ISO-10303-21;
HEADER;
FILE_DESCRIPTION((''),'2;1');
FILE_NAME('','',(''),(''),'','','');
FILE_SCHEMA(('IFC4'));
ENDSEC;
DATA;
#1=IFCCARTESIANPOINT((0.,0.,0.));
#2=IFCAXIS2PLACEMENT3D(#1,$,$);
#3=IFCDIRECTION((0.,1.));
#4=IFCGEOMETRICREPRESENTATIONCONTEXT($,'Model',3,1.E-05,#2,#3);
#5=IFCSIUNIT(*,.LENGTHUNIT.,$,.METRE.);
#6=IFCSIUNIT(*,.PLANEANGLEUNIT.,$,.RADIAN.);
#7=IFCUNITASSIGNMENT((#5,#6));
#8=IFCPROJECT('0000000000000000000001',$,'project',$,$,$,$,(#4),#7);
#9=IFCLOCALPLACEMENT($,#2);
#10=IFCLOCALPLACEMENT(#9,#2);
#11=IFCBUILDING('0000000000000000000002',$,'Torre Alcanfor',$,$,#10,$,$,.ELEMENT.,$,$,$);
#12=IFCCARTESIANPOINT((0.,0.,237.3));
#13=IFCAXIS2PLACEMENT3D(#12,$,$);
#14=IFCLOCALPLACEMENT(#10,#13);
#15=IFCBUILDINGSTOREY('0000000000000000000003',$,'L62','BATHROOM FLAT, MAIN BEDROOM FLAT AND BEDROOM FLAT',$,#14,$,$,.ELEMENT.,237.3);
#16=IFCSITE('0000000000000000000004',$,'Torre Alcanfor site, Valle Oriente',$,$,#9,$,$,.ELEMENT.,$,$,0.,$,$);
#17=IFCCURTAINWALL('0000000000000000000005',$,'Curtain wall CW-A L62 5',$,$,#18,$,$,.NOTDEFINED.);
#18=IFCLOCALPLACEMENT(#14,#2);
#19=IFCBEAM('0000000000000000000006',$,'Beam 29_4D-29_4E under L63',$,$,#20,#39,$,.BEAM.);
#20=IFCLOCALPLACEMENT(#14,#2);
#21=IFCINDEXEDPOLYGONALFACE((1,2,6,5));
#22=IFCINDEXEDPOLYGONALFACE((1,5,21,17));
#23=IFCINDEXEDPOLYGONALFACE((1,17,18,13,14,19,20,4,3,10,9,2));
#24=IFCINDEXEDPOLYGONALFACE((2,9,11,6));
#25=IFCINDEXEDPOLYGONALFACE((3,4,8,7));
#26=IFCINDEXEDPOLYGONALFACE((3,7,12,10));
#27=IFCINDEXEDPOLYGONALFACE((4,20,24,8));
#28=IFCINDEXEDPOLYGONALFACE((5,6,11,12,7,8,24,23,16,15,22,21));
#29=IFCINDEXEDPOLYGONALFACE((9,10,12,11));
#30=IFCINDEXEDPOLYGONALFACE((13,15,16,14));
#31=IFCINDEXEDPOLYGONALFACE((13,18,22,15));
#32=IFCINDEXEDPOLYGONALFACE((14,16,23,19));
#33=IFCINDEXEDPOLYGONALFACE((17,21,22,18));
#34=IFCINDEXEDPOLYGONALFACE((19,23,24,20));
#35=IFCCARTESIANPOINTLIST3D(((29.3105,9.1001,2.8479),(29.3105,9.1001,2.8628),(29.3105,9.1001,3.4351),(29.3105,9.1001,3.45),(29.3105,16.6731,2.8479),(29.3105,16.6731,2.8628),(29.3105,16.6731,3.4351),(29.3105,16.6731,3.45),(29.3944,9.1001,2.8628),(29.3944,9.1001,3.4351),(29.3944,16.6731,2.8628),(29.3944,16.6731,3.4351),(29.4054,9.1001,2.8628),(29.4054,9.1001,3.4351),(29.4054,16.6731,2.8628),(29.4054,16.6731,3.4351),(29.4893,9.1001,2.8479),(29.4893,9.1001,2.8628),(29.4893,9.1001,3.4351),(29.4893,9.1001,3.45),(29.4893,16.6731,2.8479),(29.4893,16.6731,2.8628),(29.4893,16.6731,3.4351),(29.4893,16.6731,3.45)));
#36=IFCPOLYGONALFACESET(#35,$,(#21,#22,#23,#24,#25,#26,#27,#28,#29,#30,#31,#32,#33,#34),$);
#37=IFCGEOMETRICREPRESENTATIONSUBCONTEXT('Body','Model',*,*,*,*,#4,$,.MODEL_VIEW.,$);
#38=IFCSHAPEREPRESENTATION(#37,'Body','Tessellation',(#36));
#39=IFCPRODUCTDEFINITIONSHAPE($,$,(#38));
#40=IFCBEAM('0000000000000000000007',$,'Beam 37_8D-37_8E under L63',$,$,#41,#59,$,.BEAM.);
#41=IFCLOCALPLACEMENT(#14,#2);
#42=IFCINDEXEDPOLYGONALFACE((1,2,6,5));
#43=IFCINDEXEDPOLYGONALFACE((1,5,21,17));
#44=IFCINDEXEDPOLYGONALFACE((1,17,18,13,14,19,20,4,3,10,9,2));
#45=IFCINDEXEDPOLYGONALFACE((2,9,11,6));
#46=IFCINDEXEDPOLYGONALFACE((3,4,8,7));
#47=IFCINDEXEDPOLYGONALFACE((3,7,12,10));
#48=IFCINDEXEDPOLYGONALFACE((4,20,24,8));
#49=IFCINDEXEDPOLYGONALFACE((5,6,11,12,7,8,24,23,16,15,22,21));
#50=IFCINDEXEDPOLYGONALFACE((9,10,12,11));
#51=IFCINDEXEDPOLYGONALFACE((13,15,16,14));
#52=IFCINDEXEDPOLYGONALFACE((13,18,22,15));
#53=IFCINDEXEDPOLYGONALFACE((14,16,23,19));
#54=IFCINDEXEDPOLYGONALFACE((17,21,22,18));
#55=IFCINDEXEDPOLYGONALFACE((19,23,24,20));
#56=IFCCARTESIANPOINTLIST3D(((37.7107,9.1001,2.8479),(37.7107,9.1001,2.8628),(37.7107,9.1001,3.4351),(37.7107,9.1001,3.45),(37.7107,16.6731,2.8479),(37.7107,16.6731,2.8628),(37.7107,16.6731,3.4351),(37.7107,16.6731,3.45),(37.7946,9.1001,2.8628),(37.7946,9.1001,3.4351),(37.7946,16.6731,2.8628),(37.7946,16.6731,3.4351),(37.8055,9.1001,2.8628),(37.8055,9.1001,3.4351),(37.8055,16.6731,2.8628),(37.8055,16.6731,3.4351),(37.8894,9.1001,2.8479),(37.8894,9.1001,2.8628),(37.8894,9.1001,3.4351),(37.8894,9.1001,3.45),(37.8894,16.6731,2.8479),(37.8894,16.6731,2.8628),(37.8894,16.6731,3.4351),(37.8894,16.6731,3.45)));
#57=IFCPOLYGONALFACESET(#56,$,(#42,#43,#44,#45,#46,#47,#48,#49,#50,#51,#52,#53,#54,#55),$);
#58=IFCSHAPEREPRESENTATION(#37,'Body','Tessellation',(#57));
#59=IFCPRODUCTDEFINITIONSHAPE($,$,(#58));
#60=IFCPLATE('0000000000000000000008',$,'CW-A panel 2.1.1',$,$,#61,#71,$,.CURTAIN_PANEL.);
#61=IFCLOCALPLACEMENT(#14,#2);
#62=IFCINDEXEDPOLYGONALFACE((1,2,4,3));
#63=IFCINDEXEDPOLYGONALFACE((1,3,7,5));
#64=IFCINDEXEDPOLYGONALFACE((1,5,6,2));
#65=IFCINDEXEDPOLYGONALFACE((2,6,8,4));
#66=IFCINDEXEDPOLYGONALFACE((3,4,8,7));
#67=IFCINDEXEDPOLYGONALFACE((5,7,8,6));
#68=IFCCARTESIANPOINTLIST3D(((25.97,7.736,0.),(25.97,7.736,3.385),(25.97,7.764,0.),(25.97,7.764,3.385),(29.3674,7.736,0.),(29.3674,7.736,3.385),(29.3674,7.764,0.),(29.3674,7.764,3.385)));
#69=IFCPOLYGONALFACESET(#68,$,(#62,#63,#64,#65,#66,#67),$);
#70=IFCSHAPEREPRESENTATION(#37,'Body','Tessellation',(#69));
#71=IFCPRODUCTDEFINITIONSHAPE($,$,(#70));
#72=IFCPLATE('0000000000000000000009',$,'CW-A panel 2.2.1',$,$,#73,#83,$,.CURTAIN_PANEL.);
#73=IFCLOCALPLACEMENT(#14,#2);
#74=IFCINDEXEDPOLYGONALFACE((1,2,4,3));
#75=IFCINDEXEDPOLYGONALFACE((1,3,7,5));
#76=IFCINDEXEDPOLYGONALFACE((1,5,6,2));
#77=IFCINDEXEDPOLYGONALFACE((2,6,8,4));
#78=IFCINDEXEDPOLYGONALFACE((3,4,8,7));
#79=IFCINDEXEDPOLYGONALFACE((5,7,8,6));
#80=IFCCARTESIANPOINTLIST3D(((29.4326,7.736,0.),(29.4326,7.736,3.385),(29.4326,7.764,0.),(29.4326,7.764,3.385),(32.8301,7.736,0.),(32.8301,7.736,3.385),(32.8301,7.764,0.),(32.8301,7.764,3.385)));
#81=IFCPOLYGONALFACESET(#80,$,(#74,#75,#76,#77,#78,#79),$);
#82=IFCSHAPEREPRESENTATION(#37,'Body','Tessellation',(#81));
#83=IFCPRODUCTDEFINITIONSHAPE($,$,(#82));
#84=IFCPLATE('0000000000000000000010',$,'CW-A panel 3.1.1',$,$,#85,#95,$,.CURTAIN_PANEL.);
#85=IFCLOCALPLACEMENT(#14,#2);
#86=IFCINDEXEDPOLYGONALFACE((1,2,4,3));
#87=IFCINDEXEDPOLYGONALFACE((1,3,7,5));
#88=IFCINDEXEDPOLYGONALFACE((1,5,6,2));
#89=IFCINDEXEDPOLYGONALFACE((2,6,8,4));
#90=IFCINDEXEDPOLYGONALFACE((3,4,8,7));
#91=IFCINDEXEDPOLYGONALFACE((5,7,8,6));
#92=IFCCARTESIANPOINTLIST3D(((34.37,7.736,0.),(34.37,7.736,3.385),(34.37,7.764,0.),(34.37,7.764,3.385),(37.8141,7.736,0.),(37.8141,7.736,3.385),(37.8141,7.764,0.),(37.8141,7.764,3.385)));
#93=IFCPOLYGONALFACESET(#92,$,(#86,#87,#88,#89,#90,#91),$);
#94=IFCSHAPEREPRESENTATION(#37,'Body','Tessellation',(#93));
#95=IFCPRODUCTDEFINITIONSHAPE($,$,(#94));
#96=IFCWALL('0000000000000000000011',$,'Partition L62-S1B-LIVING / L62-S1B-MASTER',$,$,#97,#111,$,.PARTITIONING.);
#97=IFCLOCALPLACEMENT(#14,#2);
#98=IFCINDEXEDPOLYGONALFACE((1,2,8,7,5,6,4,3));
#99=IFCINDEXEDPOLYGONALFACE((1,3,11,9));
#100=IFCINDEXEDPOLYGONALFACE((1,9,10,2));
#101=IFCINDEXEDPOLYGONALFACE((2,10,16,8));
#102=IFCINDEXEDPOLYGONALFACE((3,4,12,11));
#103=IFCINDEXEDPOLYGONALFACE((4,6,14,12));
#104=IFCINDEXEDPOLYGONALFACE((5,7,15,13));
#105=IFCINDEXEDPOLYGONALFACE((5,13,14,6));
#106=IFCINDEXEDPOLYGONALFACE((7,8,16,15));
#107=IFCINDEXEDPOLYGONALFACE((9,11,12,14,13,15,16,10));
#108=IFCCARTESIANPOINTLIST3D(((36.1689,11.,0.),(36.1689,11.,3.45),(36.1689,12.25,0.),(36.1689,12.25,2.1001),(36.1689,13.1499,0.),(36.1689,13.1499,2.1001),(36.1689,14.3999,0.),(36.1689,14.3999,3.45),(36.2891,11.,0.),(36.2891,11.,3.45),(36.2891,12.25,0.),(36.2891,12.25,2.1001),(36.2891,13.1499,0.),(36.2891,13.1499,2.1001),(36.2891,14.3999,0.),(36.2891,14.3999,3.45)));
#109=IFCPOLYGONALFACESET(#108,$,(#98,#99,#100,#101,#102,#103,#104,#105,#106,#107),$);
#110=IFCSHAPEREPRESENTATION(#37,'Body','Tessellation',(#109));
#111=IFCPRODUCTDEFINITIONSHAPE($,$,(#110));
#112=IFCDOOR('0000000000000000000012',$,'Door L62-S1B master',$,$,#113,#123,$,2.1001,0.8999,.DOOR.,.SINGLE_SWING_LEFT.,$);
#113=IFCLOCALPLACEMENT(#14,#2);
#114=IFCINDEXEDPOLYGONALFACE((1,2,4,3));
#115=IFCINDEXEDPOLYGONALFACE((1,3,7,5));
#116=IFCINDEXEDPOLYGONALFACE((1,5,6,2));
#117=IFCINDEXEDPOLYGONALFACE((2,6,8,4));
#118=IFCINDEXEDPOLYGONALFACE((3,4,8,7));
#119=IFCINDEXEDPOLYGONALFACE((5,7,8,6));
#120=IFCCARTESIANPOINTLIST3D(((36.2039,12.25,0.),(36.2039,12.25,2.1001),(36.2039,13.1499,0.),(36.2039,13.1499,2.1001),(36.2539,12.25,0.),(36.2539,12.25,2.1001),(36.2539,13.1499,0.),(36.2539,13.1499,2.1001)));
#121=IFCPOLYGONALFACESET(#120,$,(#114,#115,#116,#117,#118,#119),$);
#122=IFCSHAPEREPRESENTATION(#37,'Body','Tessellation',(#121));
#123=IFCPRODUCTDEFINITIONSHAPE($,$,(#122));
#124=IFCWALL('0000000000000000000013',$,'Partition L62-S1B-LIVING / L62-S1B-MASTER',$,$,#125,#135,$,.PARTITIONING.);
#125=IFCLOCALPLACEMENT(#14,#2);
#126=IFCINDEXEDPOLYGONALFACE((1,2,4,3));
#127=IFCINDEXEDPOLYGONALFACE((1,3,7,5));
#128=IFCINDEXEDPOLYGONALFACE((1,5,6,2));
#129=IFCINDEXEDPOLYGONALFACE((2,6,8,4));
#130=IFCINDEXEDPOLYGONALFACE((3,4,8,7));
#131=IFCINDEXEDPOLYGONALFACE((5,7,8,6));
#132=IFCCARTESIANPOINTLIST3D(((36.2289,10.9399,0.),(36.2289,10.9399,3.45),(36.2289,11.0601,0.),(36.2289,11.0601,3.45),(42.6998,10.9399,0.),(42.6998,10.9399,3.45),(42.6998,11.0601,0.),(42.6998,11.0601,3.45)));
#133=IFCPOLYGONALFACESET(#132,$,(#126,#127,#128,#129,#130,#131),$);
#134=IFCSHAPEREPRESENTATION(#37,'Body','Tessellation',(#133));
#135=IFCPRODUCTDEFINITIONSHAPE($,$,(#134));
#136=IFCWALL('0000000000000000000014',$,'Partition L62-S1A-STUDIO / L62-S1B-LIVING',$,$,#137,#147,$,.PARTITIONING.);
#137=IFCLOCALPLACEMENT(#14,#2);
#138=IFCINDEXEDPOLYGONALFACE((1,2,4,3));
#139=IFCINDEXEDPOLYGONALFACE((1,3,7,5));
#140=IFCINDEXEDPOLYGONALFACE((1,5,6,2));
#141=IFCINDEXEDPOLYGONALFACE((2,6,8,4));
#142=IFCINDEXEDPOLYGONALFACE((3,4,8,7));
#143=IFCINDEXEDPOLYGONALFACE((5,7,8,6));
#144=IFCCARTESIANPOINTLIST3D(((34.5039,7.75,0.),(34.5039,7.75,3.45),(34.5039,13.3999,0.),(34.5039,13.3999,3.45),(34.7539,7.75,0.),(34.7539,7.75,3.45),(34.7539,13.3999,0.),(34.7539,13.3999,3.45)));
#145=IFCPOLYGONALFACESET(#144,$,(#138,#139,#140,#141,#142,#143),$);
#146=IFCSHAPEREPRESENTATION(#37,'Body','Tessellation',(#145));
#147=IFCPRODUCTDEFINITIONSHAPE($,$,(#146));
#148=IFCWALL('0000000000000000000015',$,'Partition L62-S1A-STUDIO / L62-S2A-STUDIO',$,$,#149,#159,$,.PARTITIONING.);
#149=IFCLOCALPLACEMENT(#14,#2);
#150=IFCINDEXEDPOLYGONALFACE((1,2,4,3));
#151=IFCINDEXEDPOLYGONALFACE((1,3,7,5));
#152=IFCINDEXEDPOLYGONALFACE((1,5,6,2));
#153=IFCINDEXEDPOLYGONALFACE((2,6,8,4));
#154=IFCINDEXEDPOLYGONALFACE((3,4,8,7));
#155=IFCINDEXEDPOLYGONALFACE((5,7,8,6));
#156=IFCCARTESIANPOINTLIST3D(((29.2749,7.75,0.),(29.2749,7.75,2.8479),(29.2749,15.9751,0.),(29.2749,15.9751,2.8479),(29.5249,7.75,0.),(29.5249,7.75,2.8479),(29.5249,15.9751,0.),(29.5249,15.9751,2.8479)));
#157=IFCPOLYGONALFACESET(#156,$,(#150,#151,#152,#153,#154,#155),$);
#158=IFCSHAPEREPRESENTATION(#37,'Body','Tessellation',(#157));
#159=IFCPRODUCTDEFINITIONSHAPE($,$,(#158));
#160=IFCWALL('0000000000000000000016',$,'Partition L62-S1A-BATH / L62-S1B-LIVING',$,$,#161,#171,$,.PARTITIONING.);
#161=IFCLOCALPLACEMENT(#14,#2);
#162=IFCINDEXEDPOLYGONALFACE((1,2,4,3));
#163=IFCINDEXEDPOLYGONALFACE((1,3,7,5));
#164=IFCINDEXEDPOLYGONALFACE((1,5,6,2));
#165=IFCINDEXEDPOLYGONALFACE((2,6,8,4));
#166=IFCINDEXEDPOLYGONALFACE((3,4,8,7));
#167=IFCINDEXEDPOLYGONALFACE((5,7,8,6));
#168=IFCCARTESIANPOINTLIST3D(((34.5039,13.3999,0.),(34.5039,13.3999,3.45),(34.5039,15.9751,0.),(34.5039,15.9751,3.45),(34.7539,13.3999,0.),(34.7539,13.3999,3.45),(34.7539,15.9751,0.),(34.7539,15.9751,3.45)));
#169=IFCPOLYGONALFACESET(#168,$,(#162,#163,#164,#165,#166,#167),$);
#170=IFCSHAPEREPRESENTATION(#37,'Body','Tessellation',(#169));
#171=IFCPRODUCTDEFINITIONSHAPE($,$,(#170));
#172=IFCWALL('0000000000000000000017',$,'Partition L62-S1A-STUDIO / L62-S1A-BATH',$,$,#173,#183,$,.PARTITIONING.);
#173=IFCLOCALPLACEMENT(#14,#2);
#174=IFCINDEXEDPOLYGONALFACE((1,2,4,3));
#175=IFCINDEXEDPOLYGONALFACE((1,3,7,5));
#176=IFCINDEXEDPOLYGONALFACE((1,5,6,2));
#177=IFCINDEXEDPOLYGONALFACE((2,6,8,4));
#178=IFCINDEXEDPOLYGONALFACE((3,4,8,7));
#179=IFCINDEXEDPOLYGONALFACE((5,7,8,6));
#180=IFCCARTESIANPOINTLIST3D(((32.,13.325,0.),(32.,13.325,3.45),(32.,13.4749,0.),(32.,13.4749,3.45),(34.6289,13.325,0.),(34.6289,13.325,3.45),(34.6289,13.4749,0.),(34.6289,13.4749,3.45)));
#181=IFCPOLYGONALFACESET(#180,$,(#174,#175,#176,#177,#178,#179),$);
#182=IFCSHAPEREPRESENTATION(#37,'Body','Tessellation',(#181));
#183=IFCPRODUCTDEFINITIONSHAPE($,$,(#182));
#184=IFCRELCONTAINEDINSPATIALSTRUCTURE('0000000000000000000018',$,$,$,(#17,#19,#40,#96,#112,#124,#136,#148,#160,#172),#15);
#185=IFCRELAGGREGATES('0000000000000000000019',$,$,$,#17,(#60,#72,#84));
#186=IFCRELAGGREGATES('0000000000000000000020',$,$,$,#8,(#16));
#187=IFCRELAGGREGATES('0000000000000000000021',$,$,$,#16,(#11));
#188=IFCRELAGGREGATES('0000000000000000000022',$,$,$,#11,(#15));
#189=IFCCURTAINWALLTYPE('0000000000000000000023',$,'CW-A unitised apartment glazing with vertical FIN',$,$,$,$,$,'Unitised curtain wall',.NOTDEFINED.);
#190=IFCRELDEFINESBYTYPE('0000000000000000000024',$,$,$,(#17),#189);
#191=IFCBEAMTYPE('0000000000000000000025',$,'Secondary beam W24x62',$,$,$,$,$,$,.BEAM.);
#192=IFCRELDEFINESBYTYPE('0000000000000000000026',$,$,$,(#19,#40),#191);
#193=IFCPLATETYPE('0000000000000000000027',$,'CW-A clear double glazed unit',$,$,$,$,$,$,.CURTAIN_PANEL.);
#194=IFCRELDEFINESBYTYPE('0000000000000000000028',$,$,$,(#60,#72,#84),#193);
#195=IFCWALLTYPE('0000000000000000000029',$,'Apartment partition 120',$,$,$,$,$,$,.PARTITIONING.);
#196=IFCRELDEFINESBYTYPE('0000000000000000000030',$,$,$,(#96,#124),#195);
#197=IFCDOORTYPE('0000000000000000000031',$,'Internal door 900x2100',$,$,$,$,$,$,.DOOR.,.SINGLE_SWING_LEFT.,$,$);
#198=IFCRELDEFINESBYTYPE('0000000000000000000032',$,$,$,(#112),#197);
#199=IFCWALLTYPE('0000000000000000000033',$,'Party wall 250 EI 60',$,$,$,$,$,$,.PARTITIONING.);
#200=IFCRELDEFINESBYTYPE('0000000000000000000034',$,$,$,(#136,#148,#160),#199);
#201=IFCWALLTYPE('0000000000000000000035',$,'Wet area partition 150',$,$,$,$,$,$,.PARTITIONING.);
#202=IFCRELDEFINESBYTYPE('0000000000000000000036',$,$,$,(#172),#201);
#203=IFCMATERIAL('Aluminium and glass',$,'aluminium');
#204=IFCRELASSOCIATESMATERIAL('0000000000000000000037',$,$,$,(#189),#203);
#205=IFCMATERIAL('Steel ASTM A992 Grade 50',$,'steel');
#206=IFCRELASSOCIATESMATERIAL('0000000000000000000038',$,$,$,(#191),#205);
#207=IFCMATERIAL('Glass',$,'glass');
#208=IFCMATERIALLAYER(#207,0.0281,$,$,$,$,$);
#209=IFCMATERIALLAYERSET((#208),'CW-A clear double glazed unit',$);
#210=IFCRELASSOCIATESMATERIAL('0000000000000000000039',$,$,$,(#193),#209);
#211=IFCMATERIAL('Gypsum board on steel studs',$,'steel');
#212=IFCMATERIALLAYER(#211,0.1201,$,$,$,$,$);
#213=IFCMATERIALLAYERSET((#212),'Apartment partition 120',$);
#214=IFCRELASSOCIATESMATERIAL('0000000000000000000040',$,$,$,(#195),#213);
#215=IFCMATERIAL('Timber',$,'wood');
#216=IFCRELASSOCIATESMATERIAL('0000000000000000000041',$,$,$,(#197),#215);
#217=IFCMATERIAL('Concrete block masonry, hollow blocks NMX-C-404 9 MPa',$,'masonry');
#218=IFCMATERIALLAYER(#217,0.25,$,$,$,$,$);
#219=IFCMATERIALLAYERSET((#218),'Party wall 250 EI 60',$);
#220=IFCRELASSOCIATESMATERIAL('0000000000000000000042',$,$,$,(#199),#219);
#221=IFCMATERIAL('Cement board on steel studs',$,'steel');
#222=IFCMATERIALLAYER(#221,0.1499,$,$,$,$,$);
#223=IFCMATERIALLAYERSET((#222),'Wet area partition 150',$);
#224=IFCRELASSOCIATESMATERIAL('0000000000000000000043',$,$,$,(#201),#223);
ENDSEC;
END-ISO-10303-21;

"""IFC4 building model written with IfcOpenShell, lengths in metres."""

from ifc_helpers import new_model, si_unit, direction, frame, frame_2d, origin, origin_2d, place, context, subcontext, project, spatial, rectangle, i_section, extrude, material, layer, layer_set, material_profile, profile_set, type_object, element, fill, aggregate, save


model = new_model("IFC4")

# Units and contexts
model_context = context("Model", 3, precision=1e-05, world=origin(), true_north=direction((0.0, 1.0)))
body_context = subcontext(model_context, "Body", "Model", "MODEL_VIEW")
ifc_project = project(units=[si_unit("LENGTHUNIT", "METRE"), si_unit("PLANEANGLEUNIT", "RADIAN")], contexts=[model_context])

# Site, building, storey
site_placement = place(None, origin())
site = spatial("IfcSite", under=ifc_project, at=site_placement, Name="Torre Alcanfor site, Valle Oriente", CompositionType="ELEMENT", RefElevation=0.0)
building_placement = place(site_placement, origin())
building = spatial("IfcBuilding", under=site, at=building_placement, Name="Torre Alcanfor", CompositionType="ELEMENT")
storey_placement = place(building_placement, frame((0.0, 0.0, 237.3)))
storey = spatial("IfcBuildingStorey", under=building, at=storey_placement, Name="L62", Description="BATHROOM FLAT, MAIN BEDROOM FLAT AND BEDROOM FLAT", CompositionType="ELEMENT", Elevation=237.3)

# Curtain wall
ifc_material_1 = material(Name="Aluminium and glass", Category="aluminium")
curtain_wall_type = type_object("IfcCurtainWallType", Name="CW-A unitised apartment glazing with vertical FIN", ElementType="Unitised curtain wall", PredefinedType="NOTDEFINED", material=ifc_material_1)
curtain_wall_placement = place(storey_placement, origin())
curtain_wall = element("IfcCurtainWall", 1, at=curtain_wall_placement, inside=storey, type_object=curtain_wall_type, Name="Curtain wall CW-A L62 5", PredefinedType="NOTDEFINED")

# Beams
ifc_material_2 = material(Name="Steel ASTM A992 Grade 50", Category="steel")
ifc_material_profile_1 = material_profile(ifc_material_2, i_section(OverallWidth=0.1787, OverallDepth=0.6021, WebThickness=0.011, FlangeThickness=0.0149, at=origin_2d()), Name="W24x62")
ifc_profile_set_1 = profile_set([ifc_material_profile_1], Name="Steel ASTM A992 Grade 50")
beam_type_1 = type_object("IfcBeamType", Name="Secondary beam W24x62", PredefinedType="BEAM", material=ifc_profile_set_1)
for number, where, z_axis, x_axis, name in (
    (2, (29.3999, 9.1001, 3.1489), (0.0, 1.0, 0.0), (-1.0, 0.0, 0.0), "Beam 29_4D-29_4E under L63"),
    (3, (37.8, 9.1001, 3.1489), (0.0, 1.0, 0.0), (-1.0, 0.0, 0.0), "Beam 37_8D-37_8E under L63"),
):
    element("IfcBeam", number, at=place(storey_placement, frame(where, z_axis=z_axis, x_axis=x_axis)), inside=storey, type_object=beam_type_1, Name=name, PredefinedType="BEAM", context=body_context, shape_type="SweptSolid", body=[
        extrude(i_section(OverallWidth=0.1787, OverallDepth=0.6021, WebThickness=0.011, FlangeThickness=0.0149, at=origin_2d()), origin(), (0.0, 0.0, 1.0), 7.573),
    ])

# Plates
ifc_material_3 = material(Name="Glass", Category="glass")
ifc_layer_1 = layer(ifc_material_3, 0.0281)
ifc_layer_set_1 = layer_set([ifc_layer_1], Name="CW-A clear double glazed unit")
plate_type = type_object("IfcPlateType", Name="CW-A clear double glazed unit", PredefinedType="CURTAIN_PANEL", material=ifc_layer_set_1)
plate_1_placement = place(storey_placement, frame((27.6687, 7.75, 0.0), z_axis=(0.0, 0.0, 1.0), x_axis=(1.0, 0.0, 0.0)))
plate_1 = element("IfcPlate", 4, at=plate_1_placement, type_object=plate_type, Name="CW-A panel 2.1.1", PredefinedType="CURTAIN_PANEL", context=body_context, shape_type="SweptSolid", body=[
    extrude(rectangle(XDim=3.3975, YDim=0.0281, at=origin_2d()), origin(), (0.0, 0.0, 1.0), 3.385),
])
plate_2_placement = place(storey_placement, frame((31.1313, 7.75, 0.0), z_axis=(0.0, 0.0, 1.0), x_axis=(1.0, 0.0, 0.0)))
plate_2 = element("IfcPlate", 5, at=plate_2_placement, type_object=plate_type, Name="CW-A panel 2.2.1", PredefinedType="CURTAIN_PANEL", context=body_context, shape_type="SweptSolid", body=[
    extrude(rectangle(XDim=3.3975, YDim=0.0281, at=origin_2d()), origin(), (0.0, 0.0, 1.0), 3.385),
])
plate_3_placement = place(storey_placement, frame((36.092, 7.75, 0.0), z_axis=(0.0, 0.0, 1.0), x_axis=(1.0, 0.0, 0.0)))
plate_3 = element("IfcPlate", 6, at=plate_3_placement, type_object=plate_type, Name="CW-A panel 3.1.1", PredefinedType="CURTAIN_PANEL", context=body_context, shape_type="SweptSolid", body=[
    extrude(rectangle(XDim=3.4441, YDim=0.0281, at=origin_2d()), origin(), (0.0, 0.0, 1.0), 3.385),
])
aggregate(curtain_wall, [plate_1, plate_2, plate_3])

# Wall, opening, door
ifc_material_4 = material(Name="Gypsum board on steel studs", Category="steel")
ifc_layer_2 = layer(ifc_material_4, 0.1201)
ifc_layer_set_2 = layer_set([ifc_layer_2], Name="Apartment partition 120")
wall_type_1 = type_object("IfcWallType", Name="Apartment partition 120", PredefinedType="PARTITIONING", material=ifc_layer_set_2)
wall_1_placement = place(storey_placement, frame((36.229, 14.3999, 0.0), z_axis=(0.0, 0.0, 1.0), x_axis=(0.0, -1.0, 0.0)))
wall_1 = element("IfcWall", 7, at=wall_1_placement, inside=storey, type_object=wall_type_1, Name="Partition L62-S1B-LIVING / L62-S1B-MASTER", PredefinedType="PARTITIONING", context=body_context, shape_type="SweptSolid", body=[
    extrude(rectangle(XDim=3.3999, YDim=0.1201, at=frame_2d((1.7, 0.0))), origin(), (0.0, 0.0, 1.0), 3.45),
])
opening_1_placement = place(wall_1_placement, frame((1.25, 0.0, 0.0)))
opening_1 = element("IfcOpeningElement", 8, at=opening_1_placement, cuts=wall_1, PredefinedType="OPENING", context=body_context, shape_type="SweptSolid", body=[
    extrude(rectangle(XDim=0.8999, YDim=2.1001, at=frame_2d((0.45, 1.05))), frame((0.0, 0.0701, 0.0), z_axis=(0.0, -1.0, 0.0), x_axis=(1.0, 0.0, 0.0)), (0.0, 0.0, 1.0), 0.1401),
])
ifc_material_5 = material(Name="Timber", Category="wood")
door_type_1 = type_object("IfcDoorType", Name="Internal door 900x2100", OperationType="SINGLE_SWING_LEFT", PredefinedType="DOOR", material=ifc_material_5)
door_1_placement = place(opening_1_placement, origin())
door_1 = element("IfcDoor", 9, at=door_1_placement, inside=storey, type_object=door_type_1, Name="Door L62-S1B master", OperationType="SINGLE_SWING_LEFT", OverallHeight=2.1001, OverallWidth=0.8999, PredefinedType="DOOR", context=body_context, shape_type="SweptSolid", body=[
    extrude(rectangle(XDim=0.8999, YDim=2.1001, at=frame_2d((0.45, 1.05))), frame((0.0, 0.0249, 0.0), z_axis=(0.0, -1.0, 0.0), x_axis=(1.0, 0.0, 0.0)), (0.0, 0.0, 1.0), 0.05),
])
fill(opening_1, door_1)

# Walls
wall_2_placement = place(storey_placement, frame((36.229, 11.0, 0.0), z_axis=(0.0, 0.0, 1.0), x_axis=(1.0, 0.0, 0.0)))
element("IfcWall", 10, at=wall_2_placement, inside=storey, type_object=wall_type_1, Name="Partition L62-S1B-LIVING / L62-S1B-MASTER", PredefinedType="PARTITIONING", context=body_context, shape_type="SweptSolid", body=[
    extrude(rectangle(XDim=6.4709, YDim=0.1201, at=frame_2d((3.2354, 0.0))), origin(), (0.0, 0.0, 1.0), 3.45),
])
ifc_material_6 = material(Name="Concrete block masonry, hollow blocks NMX-C-404 9 MPa", Category="masonry")
ifc_layer_3 = layer(ifc_material_6, 0.25)
ifc_layer_set_3 = layer_set([ifc_layer_3], Name="Party wall 250 EI 60")
wall_type_2 = type_object("IfcWallType", Name="Party wall 250 EI 60", PredefinedType="PARTITIONING", material=ifc_layer_set_3)
wall_3_placement = place(storey_placement, frame((34.6289, 13.3999, 0.0), z_axis=(0.0, 0.0, 1.0), x_axis=(0.0, -1.0, 0.0)))
element("IfcWall", 11, at=wall_3_placement, inside=storey, type_object=wall_type_2, Name="Partition L62-S1A-STUDIO / L62-S1B-LIVING", PredefinedType="PARTITIONING", context=body_context, shape_type="SweptSolid", body=[
    extrude(rectangle(XDim=5.6499, YDim=0.25, at=frame_2d((2.825, 0.0))), origin(), (0.0, 0.0, 1.0), 3.45),
])
wall_4_placement = place(storey_placement, frame((29.3999, 7.75, 0.0), z_axis=(0.0, 0.0, 1.0), x_axis=(0.0, 1.0, 0.0)))
element("IfcWall", 12, at=wall_4_placement, inside=storey, type_object=wall_type_2, Name="Partition L62-S1A-STUDIO / L62-S2A-STUDIO", PredefinedType="PARTITIONING", context=body_context, shape_type="SweptSolid", body=[
    extrude(rectangle(XDim=8.2251, YDim=0.25, at=frame_2d((4.1125, 0.0))), origin(), (0.0, 0.0, 1.0), 2.8479),
])
wall_5_placement = place(storey_placement, frame((34.6289, 13.3999, 0.0), z_axis=(0.0, 0.0, 1.0), x_axis=(0.0, 1.0, 0.0)))
element("IfcWall", 13, at=wall_5_placement, inside=storey, type_object=wall_type_2, Name="Partition L62-S1A-BATH / L62-S1B-LIVING", PredefinedType="PARTITIONING", context=body_context, shape_type="SweptSolid", body=[
    extrude(rectangle(XDim=2.5752, YDim=0.25, at=frame_2d((1.2876, 0.0))), origin(), (0.0, 0.0, 1.0), 3.45),
])
ifc_material_7 = material(Name="Cement board on steel studs", Category="steel")
ifc_layer_4 = layer(ifc_material_7, 0.1499)
ifc_layer_set_4 = layer_set([ifc_layer_4], Name="Wet area partition 150")
wall_type_3 = type_object("IfcWallType", Name="Wet area partition 150", PredefinedType="PARTITIONING", material=ifc_layer_set_4)
wall_6_placement = place(storey_placement, frame((32.0, 13.3999, 0.0), z_axis=(0.0, 0.0, 1.0), x_axis=(1.0, 0.0, 0.0)))
element("IfcWall", 14, at=wall_6_placement, inside=storey, type_object=wall_type_3, Name="Partition L62-S1A-STUDIO / L62-S1A-BATH", PredefinedType="PARTITIONING", context=body_context, shape_type="SweptSolid", body=[
    extrude(rectangle(XDim=2.6289, YDim=0.1499, at=frame_2d((1.3145, 0.0))), origin(), (0.0, 0.0, 1.0), 3.45),
])

save(model, "model.ifc")
